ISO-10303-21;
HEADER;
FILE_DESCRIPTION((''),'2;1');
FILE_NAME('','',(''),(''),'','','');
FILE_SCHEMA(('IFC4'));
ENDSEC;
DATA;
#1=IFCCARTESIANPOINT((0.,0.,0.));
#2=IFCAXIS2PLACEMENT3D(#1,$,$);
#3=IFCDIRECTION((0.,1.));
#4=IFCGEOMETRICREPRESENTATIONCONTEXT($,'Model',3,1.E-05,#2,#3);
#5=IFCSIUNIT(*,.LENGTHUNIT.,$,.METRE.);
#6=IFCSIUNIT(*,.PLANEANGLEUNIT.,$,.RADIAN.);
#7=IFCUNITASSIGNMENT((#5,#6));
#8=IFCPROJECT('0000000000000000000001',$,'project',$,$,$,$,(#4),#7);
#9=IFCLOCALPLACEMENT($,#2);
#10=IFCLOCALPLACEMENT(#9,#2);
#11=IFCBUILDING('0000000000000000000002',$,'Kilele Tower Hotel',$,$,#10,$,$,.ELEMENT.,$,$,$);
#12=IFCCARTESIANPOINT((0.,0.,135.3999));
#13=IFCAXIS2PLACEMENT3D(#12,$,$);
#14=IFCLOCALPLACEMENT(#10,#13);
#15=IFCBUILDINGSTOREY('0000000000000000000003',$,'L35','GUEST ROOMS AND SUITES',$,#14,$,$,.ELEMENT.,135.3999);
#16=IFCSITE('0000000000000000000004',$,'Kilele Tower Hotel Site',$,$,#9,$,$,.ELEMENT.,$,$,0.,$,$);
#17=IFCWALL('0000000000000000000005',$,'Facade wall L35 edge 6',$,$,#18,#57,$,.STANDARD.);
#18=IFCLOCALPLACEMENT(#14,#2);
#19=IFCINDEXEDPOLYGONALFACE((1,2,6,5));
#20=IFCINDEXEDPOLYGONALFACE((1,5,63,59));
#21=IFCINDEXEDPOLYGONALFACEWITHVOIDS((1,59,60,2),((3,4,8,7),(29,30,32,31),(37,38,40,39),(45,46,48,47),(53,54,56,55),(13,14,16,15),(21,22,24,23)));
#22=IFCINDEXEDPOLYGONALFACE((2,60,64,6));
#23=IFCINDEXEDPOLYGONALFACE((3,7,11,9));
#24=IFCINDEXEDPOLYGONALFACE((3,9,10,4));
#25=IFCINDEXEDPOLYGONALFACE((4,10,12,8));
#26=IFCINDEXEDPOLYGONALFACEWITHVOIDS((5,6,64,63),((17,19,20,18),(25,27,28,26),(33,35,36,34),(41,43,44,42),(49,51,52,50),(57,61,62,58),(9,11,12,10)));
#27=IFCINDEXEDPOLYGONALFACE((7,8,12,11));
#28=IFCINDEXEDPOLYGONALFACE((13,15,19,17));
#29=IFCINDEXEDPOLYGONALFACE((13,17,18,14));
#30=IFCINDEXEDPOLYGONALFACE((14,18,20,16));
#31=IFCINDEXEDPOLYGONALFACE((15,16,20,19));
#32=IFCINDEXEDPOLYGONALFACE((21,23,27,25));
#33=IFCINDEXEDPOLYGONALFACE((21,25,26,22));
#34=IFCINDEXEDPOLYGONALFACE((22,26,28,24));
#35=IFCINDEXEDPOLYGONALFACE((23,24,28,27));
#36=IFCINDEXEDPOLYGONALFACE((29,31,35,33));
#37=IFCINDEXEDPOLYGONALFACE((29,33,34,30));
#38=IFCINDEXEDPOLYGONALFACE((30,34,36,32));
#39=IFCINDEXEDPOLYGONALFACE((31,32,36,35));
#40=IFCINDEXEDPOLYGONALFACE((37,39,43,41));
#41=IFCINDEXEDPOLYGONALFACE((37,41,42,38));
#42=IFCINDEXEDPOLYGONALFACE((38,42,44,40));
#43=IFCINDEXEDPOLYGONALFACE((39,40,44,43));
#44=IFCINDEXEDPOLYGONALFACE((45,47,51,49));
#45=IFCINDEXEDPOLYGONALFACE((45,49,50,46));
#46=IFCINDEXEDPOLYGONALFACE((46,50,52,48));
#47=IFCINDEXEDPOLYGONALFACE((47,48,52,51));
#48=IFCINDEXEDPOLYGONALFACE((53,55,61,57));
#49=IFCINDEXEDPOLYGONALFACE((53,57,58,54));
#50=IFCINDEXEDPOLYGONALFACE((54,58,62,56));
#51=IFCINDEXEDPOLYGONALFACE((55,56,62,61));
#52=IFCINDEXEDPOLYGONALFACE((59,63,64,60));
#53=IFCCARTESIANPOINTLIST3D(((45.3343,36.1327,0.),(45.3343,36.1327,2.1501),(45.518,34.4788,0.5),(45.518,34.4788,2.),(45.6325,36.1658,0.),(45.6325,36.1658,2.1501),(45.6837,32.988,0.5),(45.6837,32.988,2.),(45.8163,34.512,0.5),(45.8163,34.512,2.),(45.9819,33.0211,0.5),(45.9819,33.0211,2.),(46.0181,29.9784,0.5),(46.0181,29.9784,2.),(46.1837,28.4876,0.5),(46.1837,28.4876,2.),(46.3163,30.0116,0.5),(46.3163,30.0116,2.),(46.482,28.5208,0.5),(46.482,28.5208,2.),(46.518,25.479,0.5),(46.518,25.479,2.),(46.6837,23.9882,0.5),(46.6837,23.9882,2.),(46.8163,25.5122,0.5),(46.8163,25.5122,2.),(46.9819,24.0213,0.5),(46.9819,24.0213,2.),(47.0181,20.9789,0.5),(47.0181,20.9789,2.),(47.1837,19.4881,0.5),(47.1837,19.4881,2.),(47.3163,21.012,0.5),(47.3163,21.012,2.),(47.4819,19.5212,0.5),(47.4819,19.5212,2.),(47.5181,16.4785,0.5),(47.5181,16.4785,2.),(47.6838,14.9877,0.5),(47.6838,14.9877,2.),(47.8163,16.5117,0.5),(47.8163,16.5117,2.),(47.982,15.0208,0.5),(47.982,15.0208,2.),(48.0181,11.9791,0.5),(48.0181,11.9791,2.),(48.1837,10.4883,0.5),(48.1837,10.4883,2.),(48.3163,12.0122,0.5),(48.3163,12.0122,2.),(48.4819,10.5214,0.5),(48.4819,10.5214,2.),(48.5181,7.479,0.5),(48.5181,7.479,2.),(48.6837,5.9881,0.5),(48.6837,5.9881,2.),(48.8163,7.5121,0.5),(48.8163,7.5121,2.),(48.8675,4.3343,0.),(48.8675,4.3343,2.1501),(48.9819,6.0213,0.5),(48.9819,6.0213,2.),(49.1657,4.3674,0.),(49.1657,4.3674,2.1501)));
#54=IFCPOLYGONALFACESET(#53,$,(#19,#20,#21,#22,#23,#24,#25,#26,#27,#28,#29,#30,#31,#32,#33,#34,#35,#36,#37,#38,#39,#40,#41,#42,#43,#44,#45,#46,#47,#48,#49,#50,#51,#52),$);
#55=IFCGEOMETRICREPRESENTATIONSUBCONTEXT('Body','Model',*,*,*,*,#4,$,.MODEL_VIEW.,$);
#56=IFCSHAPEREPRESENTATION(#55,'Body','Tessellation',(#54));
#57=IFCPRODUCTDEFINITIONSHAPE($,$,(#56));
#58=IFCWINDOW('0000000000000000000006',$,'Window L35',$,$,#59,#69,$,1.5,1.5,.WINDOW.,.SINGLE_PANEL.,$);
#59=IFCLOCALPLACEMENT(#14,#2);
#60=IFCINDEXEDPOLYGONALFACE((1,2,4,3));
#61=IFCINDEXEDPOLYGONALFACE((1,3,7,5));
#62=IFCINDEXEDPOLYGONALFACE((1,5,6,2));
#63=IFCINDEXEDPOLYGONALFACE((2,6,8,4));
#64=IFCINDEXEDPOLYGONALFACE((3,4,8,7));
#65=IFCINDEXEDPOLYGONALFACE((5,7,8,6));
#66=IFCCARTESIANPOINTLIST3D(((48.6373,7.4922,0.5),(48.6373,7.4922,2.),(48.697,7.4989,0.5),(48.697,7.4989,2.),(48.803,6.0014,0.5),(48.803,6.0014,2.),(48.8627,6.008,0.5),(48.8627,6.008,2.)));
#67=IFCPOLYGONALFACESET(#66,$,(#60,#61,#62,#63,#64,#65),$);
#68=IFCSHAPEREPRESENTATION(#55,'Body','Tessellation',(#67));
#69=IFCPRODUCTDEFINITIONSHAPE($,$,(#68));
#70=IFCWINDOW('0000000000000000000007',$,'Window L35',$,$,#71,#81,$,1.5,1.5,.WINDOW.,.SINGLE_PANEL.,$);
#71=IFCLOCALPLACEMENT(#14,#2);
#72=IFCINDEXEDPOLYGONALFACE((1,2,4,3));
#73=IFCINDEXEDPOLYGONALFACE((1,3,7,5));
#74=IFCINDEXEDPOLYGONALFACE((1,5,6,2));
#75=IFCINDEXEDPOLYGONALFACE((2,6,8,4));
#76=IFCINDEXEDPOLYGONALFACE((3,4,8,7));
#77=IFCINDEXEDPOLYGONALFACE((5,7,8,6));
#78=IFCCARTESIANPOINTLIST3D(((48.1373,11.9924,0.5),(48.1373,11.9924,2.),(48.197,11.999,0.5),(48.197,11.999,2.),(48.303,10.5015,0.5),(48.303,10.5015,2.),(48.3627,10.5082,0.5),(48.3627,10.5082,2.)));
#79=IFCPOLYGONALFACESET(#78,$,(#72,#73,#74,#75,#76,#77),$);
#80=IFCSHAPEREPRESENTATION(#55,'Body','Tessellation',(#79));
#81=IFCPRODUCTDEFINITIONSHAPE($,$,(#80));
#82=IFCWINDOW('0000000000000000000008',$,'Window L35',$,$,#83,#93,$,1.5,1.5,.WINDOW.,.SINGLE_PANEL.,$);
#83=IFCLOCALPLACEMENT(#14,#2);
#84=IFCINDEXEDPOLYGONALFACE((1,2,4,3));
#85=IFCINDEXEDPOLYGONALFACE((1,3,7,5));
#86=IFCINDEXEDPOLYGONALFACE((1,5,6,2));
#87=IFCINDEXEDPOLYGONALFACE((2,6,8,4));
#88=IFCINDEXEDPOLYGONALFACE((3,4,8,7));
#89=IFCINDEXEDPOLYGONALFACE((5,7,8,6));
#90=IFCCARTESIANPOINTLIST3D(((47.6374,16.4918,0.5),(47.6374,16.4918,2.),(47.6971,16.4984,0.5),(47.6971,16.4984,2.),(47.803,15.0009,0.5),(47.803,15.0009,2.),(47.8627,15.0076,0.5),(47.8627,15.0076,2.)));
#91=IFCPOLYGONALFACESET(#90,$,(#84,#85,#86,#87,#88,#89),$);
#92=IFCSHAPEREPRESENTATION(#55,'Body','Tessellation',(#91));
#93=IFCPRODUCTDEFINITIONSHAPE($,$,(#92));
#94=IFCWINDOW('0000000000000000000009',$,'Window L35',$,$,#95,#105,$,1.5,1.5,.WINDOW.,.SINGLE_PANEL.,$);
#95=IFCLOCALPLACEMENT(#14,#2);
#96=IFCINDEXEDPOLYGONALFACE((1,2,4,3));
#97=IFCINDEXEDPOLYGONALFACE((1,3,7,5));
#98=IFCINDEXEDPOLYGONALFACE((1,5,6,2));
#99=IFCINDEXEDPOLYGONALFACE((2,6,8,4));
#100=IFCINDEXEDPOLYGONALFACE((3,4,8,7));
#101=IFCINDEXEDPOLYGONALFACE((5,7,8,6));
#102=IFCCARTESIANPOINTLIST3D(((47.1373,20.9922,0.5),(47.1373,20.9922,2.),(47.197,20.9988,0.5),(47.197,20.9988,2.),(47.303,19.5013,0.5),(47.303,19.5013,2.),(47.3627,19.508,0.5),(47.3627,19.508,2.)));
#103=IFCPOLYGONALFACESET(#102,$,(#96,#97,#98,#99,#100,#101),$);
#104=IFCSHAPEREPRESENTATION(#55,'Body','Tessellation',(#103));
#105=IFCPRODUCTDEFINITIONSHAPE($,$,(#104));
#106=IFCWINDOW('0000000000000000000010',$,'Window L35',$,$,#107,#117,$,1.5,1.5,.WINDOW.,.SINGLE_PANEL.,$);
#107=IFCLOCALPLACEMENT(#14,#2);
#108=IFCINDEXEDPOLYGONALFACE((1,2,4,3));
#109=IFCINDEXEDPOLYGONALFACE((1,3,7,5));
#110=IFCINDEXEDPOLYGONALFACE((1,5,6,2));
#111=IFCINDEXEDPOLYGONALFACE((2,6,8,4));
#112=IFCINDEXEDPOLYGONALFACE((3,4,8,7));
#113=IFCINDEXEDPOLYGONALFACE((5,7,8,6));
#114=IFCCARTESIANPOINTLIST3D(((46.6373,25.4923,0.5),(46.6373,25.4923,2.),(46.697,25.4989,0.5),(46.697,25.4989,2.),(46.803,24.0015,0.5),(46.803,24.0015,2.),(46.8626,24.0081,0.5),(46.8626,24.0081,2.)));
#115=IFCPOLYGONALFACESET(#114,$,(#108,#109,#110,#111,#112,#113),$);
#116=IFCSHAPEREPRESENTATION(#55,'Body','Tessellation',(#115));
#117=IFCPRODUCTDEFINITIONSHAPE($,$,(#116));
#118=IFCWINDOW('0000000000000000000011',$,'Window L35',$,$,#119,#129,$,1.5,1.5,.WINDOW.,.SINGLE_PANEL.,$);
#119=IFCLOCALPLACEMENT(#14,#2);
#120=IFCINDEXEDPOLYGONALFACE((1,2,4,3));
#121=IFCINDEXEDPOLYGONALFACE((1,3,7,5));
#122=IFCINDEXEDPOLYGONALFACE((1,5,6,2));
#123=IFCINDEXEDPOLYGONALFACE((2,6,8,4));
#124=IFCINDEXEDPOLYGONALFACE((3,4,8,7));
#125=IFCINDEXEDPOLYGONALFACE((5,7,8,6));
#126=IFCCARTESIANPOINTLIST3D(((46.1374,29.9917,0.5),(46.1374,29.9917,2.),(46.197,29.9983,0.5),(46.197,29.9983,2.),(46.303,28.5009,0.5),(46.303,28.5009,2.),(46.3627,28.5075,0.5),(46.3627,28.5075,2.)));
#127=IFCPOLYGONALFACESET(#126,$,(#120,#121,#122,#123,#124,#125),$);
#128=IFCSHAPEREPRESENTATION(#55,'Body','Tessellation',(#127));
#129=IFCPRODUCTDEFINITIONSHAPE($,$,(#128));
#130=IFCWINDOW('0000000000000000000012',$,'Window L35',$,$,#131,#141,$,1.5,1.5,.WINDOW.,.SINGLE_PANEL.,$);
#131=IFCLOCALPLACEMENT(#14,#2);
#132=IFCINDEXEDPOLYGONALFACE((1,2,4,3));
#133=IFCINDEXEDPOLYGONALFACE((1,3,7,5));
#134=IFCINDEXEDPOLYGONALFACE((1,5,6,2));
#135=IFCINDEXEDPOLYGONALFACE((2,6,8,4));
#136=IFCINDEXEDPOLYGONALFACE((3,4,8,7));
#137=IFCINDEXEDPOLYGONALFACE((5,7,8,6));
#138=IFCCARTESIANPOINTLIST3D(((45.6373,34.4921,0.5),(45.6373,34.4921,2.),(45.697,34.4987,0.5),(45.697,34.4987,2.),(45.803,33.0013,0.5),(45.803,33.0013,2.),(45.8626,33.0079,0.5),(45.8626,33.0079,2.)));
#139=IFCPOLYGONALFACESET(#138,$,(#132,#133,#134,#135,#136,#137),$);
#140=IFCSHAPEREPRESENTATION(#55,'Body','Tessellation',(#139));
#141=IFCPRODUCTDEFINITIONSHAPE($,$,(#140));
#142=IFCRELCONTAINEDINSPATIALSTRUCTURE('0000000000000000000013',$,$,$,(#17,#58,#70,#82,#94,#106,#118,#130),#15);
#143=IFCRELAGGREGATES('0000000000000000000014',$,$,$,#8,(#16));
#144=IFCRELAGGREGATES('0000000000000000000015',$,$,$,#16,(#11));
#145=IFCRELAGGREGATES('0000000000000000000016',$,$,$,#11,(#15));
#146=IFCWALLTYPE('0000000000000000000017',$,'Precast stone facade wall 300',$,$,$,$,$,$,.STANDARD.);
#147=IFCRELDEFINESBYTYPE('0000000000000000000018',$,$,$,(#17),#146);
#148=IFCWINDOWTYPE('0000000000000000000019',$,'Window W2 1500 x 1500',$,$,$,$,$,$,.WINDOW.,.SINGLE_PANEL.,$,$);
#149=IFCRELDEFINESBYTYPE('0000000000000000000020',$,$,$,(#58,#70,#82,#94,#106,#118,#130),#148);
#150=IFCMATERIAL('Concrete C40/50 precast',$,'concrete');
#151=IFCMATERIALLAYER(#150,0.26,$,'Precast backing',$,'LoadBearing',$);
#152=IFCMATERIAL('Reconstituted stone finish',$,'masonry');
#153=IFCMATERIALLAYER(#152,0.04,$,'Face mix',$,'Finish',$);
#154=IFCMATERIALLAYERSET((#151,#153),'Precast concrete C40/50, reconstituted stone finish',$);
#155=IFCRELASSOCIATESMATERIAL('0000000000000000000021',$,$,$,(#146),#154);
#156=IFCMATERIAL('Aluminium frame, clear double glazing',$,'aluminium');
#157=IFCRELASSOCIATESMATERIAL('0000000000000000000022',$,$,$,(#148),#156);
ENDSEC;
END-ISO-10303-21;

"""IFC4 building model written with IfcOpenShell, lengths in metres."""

from ifc_helpers import new_model, si_unit, direction, frame, frame_2d, origin, place, context, subcontext, project, spatial, rectangle, extrude, material, layer, layer_set, type_object, element, fill, save


model = new_model("IFC4")

# Units and contexts
model_context = context("Model", 3, precision=1e-05, world=origin(), true_north=direction((0.0, 1.0)))
body_context = subcontext(model_context, "Body", "Model", "MODEL_VIEW")
ifc_project = project(units=[si_unit("LENGTHUNIT", "METRE"), si_unit("PLANEANGLEUNIT", "RADIAN")], contexts=[model_context])

# Site, building, storey
site_placement = place(None, origin())
site = spatial("IfcSite", under=ifc_project, at=site_placement, Name="Kilele Tower Hotel Site", CompositionType="ELEMENT", RefElevation=0.0)
building_placement = place(site_placement, origin())
building = spatial("IfcBuilding", under=site, at=building_placement, Name="Kilele Tower Hotel", CompositionType="ELEMENT")
storey_placement = place(building_placement, frame((0.0, 0.0, 135.3999)))
storey = spatial("IfcBuildingStorey", under=building, at=storey_placement, Name="L35", Description="GUEST ROOMS AND SUITES", CompositionType="ELEMENT", Elevation=135.3999)

# Shared definitions
ifc_material_1 = material(Name="Concrete C40/50 precast", Category="concrete")
ifc_layer_1 = layer(ifc_material_1, 0.26, Name="Precast backing", Category="LoadBearing")
ifc_material_2 = material(Name="Reconstituted stone finish", Category="masonry")
ifc_layer_2 = layer(ifc_material_2, 0.04, Name="Face mix", Category="Finish")
ifc_layer_set_1 = layer_set([ifc_layer_1, ifc_layer_2], Name="Precast concrete C40/50, reconstituted stone finish")
wall_type_1 = type_object("IfcWallType", Name="Precast stone facade wall 300", PredefinedType="STANDARD", material=ifc_layer_set_1)
ifc_material_3 = material(Name="Aluminium frame, clear double glazing", Category="aluminium")
window_type = type_object("IfcWindowType", Name="Window W2 1500 x 1500", PartitioningType="SINGLE_PANEL", PredefinedType="WINDOW", material=ifc_material_3)

# Wall, openings, windows
wall_1_placement = place(storey_placement, frame((49.0166, 4.3508, 0.0), z_axis=(0.0, 0.0, 1.0), x_axis=(-0.110433, 0.993884, 0.0)))
wall_1 = element("IfcWall", 1, at=wall_1_placement, inside=storey, type_object=wall_type_1, Name="Facade wall L35 edge 6", PredefinedType="STANDARD", context=body_context, shape_type="SweptSolid", body=[
    extrude(rectangle(XDim=31.9941, YDim=0.3, at=frame_2d((15.9971, 0.0))), origin(), (0.0, 0.0, 1.0), 2.1501),
])
opening_1_placement = place(wall_1_placement, frame((1.6641, 0.0, 0.5)))
opening_1 = element("IfcOpeningElement", 2, at=opening_1_placement, cuts=wall_1, PredefinedType="OPENING", context=body_context, shape_type="SweptSolid", body=[
    extrude(rectangle(XDim=1.5, YDim=1.5, at=frame_2d((0.75, 0.75))), frame((0.0, 0.1599, 0.0), z_axis=(0.0, -1.0, 0.0), x_axis=(1.0, 0.0, 0.0)), (0.0, 0.0, 1.0), 0.3201),
])
opening_2_placement = place(wall_1_placement, frame((6.1919, 0.0, 0.5)))
opening_2 = element("IfcOpeningElement", 3, at=opening_2_placement, cuts=wall_1, PredefinedType="OPENING", context=body_context, shape_type="SweptSolid", body=[
    extrude(rectangle(XDim=1.5, YDim=1.5, at=frame_2d((0.75, 0.75))), frame((0.0, 0.1599, 0.0), z_axis=(0.0, -1.0, 0.0), x_axis=(1.0, 0.0, 0.0)), (0.0, 0.0, 1.0), 0.3201),
])
opening_3_placement = place(wall_1_placement, frame((10.719, 0.0, 0.5)))
opening_3 = element("IfcOpeningElement", 4, at=opening_3_placement, cuts=wall_1, PredefinedType="OPENING", context=body_context, shape_type="SweptSolid", body=[
    extrude(rectangle(XDim=1.5, YDim=1.5, at=frame_2d((0.75, 0.75))), frame((0.0, 0.1599, 0.0), z_axis=(0.0, -1.0, 0.0), x_axis=(1.0, 0.0, 0.0)), (0.0, 0.0, 1.0), 0.3201),
])
opening_4_placement = place(wall_1_placement, frame((15.2471, 0.0, 0.5)))
opening_4 = element("IfcOpeningElement", 5, at=opening_4_placement, cuts=wall_1, PredefinedType="OPENING", context=body_context, shape_type="SweptSolid", body=[
    extrude(rectangle(XDim=1.5, YDim=1.5, at=frame_2d((0.75, 0.75))), frame((0.0, 0.1599, 0.0), z_axis=(0.0, -1.0, 0.0), x_axis=(1.0, 0.0, 0.0)), (0.0, 0.0, 1.0), 0.3201),
])
opening_5_placement = place(wall_1_placement, frame((19.7749, 0.0, 0.5)))
opening_5 = element("IfcOpeningElement", 6, at=opening_5_placement, cuts=wall_1, PredefinedType="OPENING", context=body_context, shape_type="SweptSolid", body=[
    extrude(rectangle(XDim=1.5, YDim=1.5, at=frame_2d((0.75, 0.75))), frame((0.0, 0.1599, 0.0), z_axis=(0.0, -1.0, 0.0), x_axis=(1.0, 0.0, 0.0)), (0.0, 0.0, 1.0), 0.3201),
])
opening_6_placement = place(wall_1_placement, frame((24.302, 0.0, 0.5)))
opening_6 = element("IfcOpeningElement", 7, at=opening_6_placement, cuts=wall_1, PredefinedType="OPENING", context=body_context, shape_type="SweptSolid", body=[
    extrude(rectangle(XDim=1.5, YDim=1.5, at=frame_2d((0.75, 0.75))), frame((0.0, 0.1599, 0.0), z_axis=(0.0, -1.0, 0.0), x_axis=(1.0, 0.0, 0.0)), (0.0, 0.0, 1.0), 0.3201),
])
opening_7_placement = place(wall_1_placement, frame((28.8301, 0.0, 0.5)))
opening_7 = element("IfcOpeningElement", 8, at=opening_7_placement, cuts=wall_1, PredefinedType="OPENING", context=body_context, shape_type="SweptSolid", body=[
    extrude(rectangle(XDim=1.5, YDim=1.5, at=frame_2d((0.75, 0.75))), frame((0.0, 0.1599, 0.0), z_axis=(0.0, -1.0, 0.0), x_axis=(1.0, 0.0, 0.0)), (0.0, 0.0, 1.0), 0.3201),
])
window_1_placement = place(opening_1_placement, origin())
window_1 = element("IfcWindow", 9, at=window_1_placement, inside=storey, type_object=window_type, Name="Window L35", OverallHeight=1.5, OverallWidth=1.5, PartitioningType="SINGLE_PANEL", PredefinedType="WINDOW", context=body_context, shape_type="SweptSolid", body=[
    extrude(rectangle(XDim=1.5, YDim=1.5, at=frame_2d((0.75, 0.75))), frame((0.0, 0.03, 0.0), z_axis=(0.0, -1.0, 0.0), x_axis=(1.0, 0.0, 0.0)), (0.0, 0.0, 1.0), 0.0601),
])
fill(opening_1, window_1)
window_2_placement = place(opening_2_placement, origin())
window_2 = element("IfcWindow", 10, at=window_2_placement, inside=storey, type_object=window_type, Name="Window L35", OverallHeight=1.5, OverallWidth=1.5, PartitioningType="SINGLE_PANEL", PredefinedType="WINDOW", context=body_context, shape_type="SweptSolid", body=[
    extrude(rectangle(XDim=1.5, YDim=1.5, at=frame_2d((0.75, 0.75))), frame((0.0, 0.03, 0.0), z_axis=(0.0, -1.0, 0.0), x_axis=(1.0, 0.0, 0.0)), (0.0, 0.0, 1.0), 0.0601),
])
fill(opening_2, window_2)
window_3_placement = place(opening_3_placement, origin())
window_3 = element("IfcWindow", 11, at=window_3_placement, inside=storey, type_object=window_type, Name="Window L35", OverallHeight=1.5, OverallWidth=1.5, PartitioningType="SINGLE_PANEL", PredefinedType="WINDOW", context=body_context, shape_type="SweptSolid", body=[
    extrude(rectangle(XDim=1.5, YDim=1.5, at=frame_2d((0.75, 0.75))), frame((0.0, 0.03, 0.0), z_axis=(0.0, -1.0, 0.0), x_axis=(1.0, 0.0, 0.0)), (0.0, 0.0, 1.0), 0.0601),
])
fill(opening_3, window_3)
window_4_placement = place(opening_4_placement, origin())
window_4 = element("IfcWindow", 12, at=window_4_placement, inside=storey, type_object=window_type, Name="Window L35", OverallHeight=1.5, OverallWidth=1.5, PartitioningType="SINGLE_PANEL", PredefinedType="WINDOW", context=body_context, shape_type="SweptSolid", body=[
    extrude(rectangle(XDim=1.5, YDim=1.5, at=frame_2d((0.75, 0.75))), frame((0.0, 0.03, 0.0), z_axis=(0.0, -1.0, 0.0), x_axis=(1.0, 0.0, 0.0)), (0.0, 0.0, 1.0), 0.0601),
])
fill(opening_4, window_4)
window_5_placement = place(opening_5_placement, origin())
window_5 = element("IfcWindow", 13, at=window_5_placement, inside=storey, type_object=window_type, Name="Window L35", OverallHeight=1.5, OverallWidth=1.5, PartitioningType="SINGLE_PANEL", PredefinedType="WINDOW", context=body_context, shape_type="SweptSolid", body=[
    extrude(rectangle(XDim=1.5, YDim=1.5, at=frame_2d((0.75, 0.75))), frame((0.0, 0.03, 0.0), z_axis=(0.0, -1.0, 0.0), x_axis=(1.0, 0.0, 0.0)), (0.0, 0.0, 1.0), 0.0601),
])
fill(opening_5, window_5)
window_6_placement = place(opening_6_placement, origin())
window_6 = element("IfcWindow", 14, at=window_6_placement, inside=storey, type_object=window_type, Name="Window L35", OverallHeight=1.5, OverallWidth=1.5, PartitioningType="SINGLE_PANEL", PredefinedType="WINDOW", context=body_context, shape_type="SweptSolid", body=[
    extrude(rectangle(XDim=1.5, YDim=1.5, at=frame_2d((0.75, 0.75))), frame((0.0, 0.03, 0.0), z_axis=(0.0, -1.0, 0.0), x_axis=(1.0, 0.0, 0.0)), (0.0, 0.0, 1.0), 0.0601),
])
fill(opening_6, window_6)
window_7_placement = place(opening_7_placement, origin())
window_7 = element("IfcWindow", 15, at=window_7_placement, inside=storey, type_object=window_type, Name="Window L35", OverallHeight=1.5, OverallWidth=1.5, PartitioningType="SINGLE_PANEL", PredefinedType="WINDOW", context=body_context, shape_type="SweptSolid", body=[
    extrude(rectangle(XDim=1.5, YDim=1.5, at=frame_2d((0.75, 0.75))), frame((0.0, 0.03, 0.0), z_axis=(0.0, -1.0, 0.0), x_axis=(1.0, 0.0, 0.0)), (0.0, 0.0, 1.0), 0.0601),
])
fill(opening_7, window_7)

save(model, "model.ifc")
